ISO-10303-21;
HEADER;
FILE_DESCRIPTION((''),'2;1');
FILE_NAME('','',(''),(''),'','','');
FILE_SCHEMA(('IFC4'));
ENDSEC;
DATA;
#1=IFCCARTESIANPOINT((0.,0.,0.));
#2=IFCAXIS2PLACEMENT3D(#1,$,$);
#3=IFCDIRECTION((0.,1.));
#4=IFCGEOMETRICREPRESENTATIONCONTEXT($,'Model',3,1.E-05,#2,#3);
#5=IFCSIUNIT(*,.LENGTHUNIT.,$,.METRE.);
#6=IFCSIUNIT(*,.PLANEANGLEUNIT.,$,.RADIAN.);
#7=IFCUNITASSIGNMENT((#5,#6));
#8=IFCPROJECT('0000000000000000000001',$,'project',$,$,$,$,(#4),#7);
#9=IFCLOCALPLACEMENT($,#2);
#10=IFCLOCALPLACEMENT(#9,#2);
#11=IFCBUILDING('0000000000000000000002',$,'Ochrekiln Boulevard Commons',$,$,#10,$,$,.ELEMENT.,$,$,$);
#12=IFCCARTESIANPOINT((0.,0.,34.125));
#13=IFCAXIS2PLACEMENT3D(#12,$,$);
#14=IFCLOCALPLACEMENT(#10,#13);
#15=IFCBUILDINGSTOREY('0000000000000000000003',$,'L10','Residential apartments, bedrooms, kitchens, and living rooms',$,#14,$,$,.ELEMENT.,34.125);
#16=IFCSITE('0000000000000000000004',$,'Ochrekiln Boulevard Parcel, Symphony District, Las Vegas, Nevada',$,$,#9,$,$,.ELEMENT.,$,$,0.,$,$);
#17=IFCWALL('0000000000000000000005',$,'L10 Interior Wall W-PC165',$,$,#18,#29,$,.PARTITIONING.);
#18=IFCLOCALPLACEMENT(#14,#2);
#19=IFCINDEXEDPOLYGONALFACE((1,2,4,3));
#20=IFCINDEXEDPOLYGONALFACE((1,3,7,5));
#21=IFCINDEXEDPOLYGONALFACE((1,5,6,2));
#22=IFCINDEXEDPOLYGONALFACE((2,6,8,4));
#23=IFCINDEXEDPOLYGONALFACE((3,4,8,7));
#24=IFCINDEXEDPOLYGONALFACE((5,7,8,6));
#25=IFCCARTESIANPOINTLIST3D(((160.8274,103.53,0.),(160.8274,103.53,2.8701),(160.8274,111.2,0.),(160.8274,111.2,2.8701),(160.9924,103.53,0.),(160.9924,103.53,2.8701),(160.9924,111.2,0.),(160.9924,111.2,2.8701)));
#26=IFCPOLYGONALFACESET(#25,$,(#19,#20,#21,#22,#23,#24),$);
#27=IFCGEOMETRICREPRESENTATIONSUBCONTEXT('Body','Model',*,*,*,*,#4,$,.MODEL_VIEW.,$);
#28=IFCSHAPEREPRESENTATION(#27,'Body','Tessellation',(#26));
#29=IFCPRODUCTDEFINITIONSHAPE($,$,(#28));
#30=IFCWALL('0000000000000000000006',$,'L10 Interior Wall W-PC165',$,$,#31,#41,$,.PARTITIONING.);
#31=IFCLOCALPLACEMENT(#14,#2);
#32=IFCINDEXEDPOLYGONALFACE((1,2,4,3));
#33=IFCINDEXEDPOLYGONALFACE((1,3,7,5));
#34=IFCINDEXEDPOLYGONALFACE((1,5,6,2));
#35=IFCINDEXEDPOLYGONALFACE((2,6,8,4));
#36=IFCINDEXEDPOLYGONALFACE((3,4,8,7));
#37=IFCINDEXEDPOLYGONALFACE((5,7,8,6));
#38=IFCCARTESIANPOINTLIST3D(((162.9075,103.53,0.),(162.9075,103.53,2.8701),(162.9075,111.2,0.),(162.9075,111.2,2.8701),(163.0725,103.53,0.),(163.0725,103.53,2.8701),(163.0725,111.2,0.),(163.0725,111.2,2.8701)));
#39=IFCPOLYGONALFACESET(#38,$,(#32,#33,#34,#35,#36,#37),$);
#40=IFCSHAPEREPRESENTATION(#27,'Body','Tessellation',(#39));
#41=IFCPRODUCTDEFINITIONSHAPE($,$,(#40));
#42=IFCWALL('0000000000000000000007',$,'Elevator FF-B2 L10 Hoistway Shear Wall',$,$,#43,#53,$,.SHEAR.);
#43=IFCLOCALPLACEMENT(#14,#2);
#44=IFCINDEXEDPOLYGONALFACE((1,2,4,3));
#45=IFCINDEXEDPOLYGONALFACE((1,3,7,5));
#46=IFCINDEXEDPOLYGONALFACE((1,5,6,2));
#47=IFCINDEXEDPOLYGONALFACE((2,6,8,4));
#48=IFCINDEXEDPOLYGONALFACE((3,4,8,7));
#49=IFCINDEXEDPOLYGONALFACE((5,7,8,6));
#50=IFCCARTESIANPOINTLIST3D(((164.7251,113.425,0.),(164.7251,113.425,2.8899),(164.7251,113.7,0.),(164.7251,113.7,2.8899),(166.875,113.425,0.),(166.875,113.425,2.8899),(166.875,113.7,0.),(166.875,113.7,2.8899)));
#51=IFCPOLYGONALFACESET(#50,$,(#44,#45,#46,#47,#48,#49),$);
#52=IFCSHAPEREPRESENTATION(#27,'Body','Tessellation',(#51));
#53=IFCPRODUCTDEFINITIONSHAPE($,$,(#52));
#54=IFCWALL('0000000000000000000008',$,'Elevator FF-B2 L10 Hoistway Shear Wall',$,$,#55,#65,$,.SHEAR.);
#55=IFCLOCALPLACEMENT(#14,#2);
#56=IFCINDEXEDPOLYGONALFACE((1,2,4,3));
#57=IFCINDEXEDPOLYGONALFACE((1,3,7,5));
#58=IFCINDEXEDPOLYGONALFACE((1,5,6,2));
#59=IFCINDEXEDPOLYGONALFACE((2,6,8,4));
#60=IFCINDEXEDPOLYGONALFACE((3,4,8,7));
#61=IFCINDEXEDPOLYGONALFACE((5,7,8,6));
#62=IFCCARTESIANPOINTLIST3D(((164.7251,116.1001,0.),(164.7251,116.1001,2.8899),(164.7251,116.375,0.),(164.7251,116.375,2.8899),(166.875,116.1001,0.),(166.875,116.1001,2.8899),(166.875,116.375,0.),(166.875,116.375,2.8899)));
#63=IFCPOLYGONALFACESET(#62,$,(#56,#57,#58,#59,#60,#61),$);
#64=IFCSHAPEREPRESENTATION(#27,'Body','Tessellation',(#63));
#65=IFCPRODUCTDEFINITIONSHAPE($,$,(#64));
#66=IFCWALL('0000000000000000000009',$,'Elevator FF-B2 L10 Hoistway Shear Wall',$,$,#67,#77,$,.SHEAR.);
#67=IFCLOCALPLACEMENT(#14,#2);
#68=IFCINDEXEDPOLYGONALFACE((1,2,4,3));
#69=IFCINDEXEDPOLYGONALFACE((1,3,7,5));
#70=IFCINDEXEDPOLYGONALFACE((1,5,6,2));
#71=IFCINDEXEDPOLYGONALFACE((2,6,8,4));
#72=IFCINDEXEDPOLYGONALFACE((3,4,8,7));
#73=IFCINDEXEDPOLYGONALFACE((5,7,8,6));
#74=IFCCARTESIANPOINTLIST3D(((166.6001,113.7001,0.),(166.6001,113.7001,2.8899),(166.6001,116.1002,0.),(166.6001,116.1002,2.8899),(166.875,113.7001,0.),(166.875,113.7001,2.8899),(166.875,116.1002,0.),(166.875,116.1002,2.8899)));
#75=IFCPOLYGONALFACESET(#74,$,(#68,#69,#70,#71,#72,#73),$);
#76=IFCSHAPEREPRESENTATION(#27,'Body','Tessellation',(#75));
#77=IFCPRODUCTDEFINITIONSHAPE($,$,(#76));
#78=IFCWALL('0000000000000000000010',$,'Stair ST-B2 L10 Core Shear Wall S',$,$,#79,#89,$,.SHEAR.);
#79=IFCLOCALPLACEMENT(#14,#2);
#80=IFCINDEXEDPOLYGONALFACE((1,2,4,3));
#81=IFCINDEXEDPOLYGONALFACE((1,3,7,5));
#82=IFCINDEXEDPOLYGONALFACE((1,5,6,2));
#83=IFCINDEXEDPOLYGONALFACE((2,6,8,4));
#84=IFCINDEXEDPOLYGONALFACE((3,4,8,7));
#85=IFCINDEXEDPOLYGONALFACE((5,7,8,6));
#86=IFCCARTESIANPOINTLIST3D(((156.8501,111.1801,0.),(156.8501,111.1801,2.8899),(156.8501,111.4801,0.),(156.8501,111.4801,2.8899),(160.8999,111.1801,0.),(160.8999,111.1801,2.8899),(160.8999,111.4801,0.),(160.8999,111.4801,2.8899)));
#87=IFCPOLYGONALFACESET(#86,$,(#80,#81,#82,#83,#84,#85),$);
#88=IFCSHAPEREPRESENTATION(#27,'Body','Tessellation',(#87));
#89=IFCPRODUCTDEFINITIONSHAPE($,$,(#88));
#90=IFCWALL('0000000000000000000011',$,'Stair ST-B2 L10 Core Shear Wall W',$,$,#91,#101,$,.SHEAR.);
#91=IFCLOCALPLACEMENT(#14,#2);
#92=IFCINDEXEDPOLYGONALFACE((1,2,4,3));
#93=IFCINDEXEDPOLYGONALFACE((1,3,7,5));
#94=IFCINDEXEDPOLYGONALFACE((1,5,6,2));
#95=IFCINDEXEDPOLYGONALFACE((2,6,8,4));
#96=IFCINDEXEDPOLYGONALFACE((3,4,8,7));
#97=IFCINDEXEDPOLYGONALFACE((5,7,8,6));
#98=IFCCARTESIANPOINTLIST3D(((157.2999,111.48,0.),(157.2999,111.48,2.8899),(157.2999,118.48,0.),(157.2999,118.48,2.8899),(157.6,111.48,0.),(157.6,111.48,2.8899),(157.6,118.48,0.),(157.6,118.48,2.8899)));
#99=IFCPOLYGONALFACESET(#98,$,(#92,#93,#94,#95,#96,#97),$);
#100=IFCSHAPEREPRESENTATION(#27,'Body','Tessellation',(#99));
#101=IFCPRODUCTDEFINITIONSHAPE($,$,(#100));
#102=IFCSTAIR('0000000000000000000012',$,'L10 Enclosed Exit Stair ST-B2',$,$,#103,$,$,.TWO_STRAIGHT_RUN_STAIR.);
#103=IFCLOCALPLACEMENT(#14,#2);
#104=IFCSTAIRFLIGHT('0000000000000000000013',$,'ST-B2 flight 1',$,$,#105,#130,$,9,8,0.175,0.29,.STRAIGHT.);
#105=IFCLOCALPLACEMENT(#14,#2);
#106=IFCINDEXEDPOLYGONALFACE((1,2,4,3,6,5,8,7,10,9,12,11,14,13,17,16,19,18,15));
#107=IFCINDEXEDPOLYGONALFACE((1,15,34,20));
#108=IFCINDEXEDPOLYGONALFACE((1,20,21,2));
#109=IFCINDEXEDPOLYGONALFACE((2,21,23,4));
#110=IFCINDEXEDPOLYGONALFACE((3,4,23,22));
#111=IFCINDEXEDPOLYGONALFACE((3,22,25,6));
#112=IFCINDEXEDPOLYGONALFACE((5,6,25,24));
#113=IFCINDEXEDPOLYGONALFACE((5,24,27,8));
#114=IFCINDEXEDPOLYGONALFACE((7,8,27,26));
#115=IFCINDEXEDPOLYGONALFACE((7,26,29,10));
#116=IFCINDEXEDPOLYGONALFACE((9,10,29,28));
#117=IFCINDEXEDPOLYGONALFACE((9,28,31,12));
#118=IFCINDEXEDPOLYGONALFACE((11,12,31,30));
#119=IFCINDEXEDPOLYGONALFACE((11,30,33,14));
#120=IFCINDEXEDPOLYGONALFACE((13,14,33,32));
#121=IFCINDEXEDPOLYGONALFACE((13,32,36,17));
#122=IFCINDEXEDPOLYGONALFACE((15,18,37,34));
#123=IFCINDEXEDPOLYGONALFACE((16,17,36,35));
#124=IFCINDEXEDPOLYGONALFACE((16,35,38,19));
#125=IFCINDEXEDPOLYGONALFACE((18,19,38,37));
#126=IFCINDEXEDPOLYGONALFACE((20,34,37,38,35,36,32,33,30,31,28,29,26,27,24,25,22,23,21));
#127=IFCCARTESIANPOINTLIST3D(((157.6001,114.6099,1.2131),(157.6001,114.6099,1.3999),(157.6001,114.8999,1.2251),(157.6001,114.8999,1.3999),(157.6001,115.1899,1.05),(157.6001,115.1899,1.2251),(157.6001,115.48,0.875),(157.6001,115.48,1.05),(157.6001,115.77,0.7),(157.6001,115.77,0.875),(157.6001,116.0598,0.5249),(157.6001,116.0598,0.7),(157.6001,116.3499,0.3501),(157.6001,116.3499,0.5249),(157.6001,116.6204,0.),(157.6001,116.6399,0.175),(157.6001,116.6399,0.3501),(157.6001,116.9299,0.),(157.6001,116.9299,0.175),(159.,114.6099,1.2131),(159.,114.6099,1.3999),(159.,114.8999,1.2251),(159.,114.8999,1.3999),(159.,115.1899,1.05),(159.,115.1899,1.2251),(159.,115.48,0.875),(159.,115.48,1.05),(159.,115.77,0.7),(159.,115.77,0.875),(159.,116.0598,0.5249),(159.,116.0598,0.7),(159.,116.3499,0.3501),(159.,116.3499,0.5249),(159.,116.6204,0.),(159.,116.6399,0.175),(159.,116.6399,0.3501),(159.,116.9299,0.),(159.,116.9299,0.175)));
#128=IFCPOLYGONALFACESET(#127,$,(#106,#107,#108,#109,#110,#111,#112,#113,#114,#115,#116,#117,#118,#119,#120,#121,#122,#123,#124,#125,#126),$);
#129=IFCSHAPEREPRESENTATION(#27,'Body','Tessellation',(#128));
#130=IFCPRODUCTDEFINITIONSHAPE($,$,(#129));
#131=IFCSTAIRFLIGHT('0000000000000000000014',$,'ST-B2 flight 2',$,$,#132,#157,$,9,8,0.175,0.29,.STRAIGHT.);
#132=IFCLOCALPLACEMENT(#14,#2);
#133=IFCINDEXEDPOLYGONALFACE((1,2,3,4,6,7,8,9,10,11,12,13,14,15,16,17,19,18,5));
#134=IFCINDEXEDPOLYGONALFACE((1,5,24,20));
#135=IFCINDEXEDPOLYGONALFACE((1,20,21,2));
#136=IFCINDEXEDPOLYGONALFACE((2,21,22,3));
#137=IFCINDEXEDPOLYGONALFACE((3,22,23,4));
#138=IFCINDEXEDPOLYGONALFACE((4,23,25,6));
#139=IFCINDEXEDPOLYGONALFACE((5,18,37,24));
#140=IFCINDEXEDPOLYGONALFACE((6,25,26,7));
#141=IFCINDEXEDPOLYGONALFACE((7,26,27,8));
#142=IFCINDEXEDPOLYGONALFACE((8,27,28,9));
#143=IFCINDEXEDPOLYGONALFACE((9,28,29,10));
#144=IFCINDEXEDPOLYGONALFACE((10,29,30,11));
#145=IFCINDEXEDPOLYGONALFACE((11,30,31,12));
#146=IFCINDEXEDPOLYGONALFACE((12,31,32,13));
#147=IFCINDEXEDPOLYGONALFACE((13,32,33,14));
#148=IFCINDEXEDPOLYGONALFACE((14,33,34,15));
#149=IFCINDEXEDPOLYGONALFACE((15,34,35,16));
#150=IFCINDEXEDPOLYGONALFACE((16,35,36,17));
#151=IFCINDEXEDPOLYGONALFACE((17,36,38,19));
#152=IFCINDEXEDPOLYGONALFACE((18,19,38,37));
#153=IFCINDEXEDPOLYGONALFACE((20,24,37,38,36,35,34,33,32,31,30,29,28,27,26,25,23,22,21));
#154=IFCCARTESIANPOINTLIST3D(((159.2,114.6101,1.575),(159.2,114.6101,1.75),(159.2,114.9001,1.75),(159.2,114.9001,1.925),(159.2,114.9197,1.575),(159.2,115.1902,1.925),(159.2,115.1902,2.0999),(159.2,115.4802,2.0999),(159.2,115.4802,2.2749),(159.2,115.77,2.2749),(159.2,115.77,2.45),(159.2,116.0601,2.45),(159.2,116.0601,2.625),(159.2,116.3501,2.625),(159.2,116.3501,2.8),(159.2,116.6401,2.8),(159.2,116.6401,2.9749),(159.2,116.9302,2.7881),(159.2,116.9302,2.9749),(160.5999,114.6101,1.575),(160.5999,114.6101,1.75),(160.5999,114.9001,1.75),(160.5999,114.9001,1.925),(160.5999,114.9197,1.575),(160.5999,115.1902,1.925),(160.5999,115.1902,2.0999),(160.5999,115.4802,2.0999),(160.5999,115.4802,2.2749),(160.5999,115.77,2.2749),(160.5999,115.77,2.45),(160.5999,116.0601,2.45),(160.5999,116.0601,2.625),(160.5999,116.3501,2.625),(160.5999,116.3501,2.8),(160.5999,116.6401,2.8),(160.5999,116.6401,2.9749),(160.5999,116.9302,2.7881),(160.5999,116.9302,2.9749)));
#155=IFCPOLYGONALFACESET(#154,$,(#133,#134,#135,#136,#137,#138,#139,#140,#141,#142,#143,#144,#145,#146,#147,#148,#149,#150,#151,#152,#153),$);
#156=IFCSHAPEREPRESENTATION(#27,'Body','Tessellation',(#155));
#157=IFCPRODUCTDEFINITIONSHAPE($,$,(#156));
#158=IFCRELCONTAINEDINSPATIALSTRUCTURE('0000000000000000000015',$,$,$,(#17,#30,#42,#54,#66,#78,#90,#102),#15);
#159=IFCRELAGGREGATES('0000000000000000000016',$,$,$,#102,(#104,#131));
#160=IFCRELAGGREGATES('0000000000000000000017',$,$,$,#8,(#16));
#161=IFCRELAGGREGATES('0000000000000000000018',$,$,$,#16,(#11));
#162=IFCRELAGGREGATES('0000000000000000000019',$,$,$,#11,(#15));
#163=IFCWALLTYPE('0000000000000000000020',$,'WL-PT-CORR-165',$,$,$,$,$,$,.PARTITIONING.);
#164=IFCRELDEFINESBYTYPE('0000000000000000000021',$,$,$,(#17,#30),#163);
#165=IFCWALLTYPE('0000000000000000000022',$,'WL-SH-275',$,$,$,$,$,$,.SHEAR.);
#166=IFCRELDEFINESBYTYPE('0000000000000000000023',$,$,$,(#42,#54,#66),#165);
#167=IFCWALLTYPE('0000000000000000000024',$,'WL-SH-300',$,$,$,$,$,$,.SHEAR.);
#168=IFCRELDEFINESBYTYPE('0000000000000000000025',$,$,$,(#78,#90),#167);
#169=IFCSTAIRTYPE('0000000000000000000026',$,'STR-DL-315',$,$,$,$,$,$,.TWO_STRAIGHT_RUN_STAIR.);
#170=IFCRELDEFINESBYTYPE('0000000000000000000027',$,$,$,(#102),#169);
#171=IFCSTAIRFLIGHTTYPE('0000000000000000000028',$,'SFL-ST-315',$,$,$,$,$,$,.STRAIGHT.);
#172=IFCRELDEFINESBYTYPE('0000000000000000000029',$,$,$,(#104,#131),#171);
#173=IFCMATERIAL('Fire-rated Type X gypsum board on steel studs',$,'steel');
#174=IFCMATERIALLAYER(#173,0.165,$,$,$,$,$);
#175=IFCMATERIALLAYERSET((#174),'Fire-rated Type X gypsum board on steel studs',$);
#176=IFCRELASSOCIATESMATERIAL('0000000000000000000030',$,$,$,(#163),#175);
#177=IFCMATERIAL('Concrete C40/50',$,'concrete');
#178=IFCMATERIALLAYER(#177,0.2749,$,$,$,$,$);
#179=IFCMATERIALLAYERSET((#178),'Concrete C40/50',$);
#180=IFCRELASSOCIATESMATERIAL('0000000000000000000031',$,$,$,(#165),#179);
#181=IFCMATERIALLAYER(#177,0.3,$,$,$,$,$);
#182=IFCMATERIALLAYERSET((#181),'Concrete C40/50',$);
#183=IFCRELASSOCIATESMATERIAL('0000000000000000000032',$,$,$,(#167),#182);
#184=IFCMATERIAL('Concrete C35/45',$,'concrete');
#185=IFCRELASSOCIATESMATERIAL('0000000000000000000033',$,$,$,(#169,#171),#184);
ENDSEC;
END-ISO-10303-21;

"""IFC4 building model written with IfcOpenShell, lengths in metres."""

from ifc_helpers import new_model, si_unit, direction, frame, frame_2d, origin, place, context, subcontext, project, spatial, polyline, rectangle, outline, extrude, material, layer, layer_set, type_object, element, aggregate, save


model = new_model("IFC4")

# Units and contexts
model_context = context("Model", 3, precision=1e-05, world=origin(), true_north=direction((0.0, 1.0)))
body_context = subcontext(model_context, "Body", "Model", "MODEL_VIEW")
ifc_project = project(units=[si_unit("LENGTHUNIT", "METRE"), si_unit("PLANEANGLEUNIT", "RADIAN")], contexts=[model_context])

# Site, building, storey
site_placement = place(None, origin())
site = spatial("IfcSite", under=ifc_project, at=site_placement, Name="Ochrekiln Boulevard Parcel, Symphony District, Las Vegas, Nevada", CompositionType="ELEMENT", RefElevation=0.0)
building_placement = place(site_placement, origin())
building = spatial("IfcBuilding", under=site, at=building_placement, Name="Ochrekiln Boulevard Commons", CompositionType="ELEMENT")
storey_placement = place(building_placement, frame((0.0, 0.0, 34.125)))
storey = spatial("IfcBuildingStorey", under=building, at=storey_placement, Name="L10", Description="Residential apartments, bedrooms, kitchens, and living rooms", CompositionType="ELEMENT", Elevation=34.125)

# Shared definitions
ifc_material_1 = material(Name="Concrete C35/45", Category="concrete")

# Shared definitions
ifc_material_2 = material(Name="Concrete C40/50", Category="concrete")

# Walls
ifc_material_3 = material(Name="Fire-rated Type X gypsum board on steel studs", Category="steel")
ifc_layer_1 = layer(ifc_material_3, 0.165)
ifc_layer_set_1 = layer_set([ifc_layer_1], Name="Fire-rated Type X gypsum board on steel studs")
wall_type_1 = type_object("IfcWallType", Name="WL-PT-CORR-165", PredefinedType="PARTITIONING", material=ifc_layer_set_1)
for number, where, z_axis, x_axis, name in (
    (1, (160.9099, 103.53, 0.0), (0.0, 0.0, 1.0), (0.0, 1.0, 0.0), "L10 Interior Wall W-PC165"),
    (2, (162.99, 103.53, 0.0), (0.0, 0.0, 1.0), (0.0, 1.0, 0.0), "L10 Interior Wall W-PC165"),
):
    element("IfcWall", number, at=place(storey_placement, frame(where, z_axis=z_axis, x_axis=x_axis)), inside=storey, type_object=wall_type_1, Name=name, PredefinedType="PARTITIONING", context=body_context, shape_type="SweptSolid", body=[
        extrude(rectangle(XDim=7.6699, YDim=0.165, at=frame_2d((3.835, 0.0))), origin(), (0.0, 0.0, 1.0), 2.8701),
    ])

# Walls
ifc_layer_2 = layer(ifc_material_2, 0.2749)
ifc_layer_set_2 = layer_set([ifc_layer_2], Name="Concrete C40/50")
wall_type_2 = type_object("IfcWallType", Name="WL-SH-275", PredefinedType="SHEAR", material=ifc_layer_set_2)
for number, where, z_axis, x_axis, name in (
    (3, (164.7251, 113.5625, 0.0), (0.0, 0.0, 1.0), (1.0, 0.0, 0.0), "Elevator FF-B2 L10 Hoistway Shear Wall"),
    (4, (164.7251, 116.2375, 0.0), (0.0, 0.0, 1.0), (1.0, 0.0, 0.0), "Elevator FF-B2 L10 Hoistway Shear Wall"),
):
    element("IfcWall", number, at=place(storey_placement, frame(where, z_axis=z_axis, x_axis=x_axis)), inside=storey, type_object=wall_type_2, Name=name, PredefinedType="SHEAR", context=body_context, shape_type="SweptSolid", body=[
        extrude(rectangle(XDim=2.1499, YDim=0.2749, at=frame_2d((1.075, 0.0))), origin(), (0.0, 0.0, 1.0), 2.8899),
    ])

# Walls
wall_1_placement = place(storey_placement, frame((166.7375, 113.7, 0.0), z_axis=(0.0, 0.0, 1.0), x_axis=(0.0, 1.0, 0.0)))
element("IfcWall", 5, at=wall_1_placement, inside=storey, type_object=wall_type_2, Name="Elevator FF-B2 L10 Hoistway Shear Wall", PredefinedType="SHEAR", context=body_context, shape_type="SweptSolid", body=[
    extrude(rectangle(XDim=2.4001, YDim=0.2749, at=frame_2d((1.2002, 0.0))), origin(), (0.0, 0.0, 1.0), 2.8899),
])
ifc_layer_3 = layer(ifc_material_2, 0.3)
ifc_layer_set_3 = layer_set([ifc_layer_3], Name="Concrete C40/50")
wall_type_3 = type_object("IfcWallType", Name="WL-SH-300", PredefinedType="SHEAR", material=ifc_layer_set_3)
wall_2_placement = place(storey_placement, frame((156.8501, 111.3301, 0.0), z_axis=(0.0, 0.0, 1.0), x_axis=(1.0, 0.0, 0.0)))
element("IfcWall", 6, at=wall_2_placement, inside=storey, type_object=wall_type_3, Name="Stair ST-B2 L10 Core Shear Wall S", PredefinedType="SHEAR", context=body_context, shape_type="SweptSolid", body=[
    extrude(rectangle(XDim=4.0498, YDim=0.3, at=frame_2d((2.0249, 0.0))), origin(), (0.0, 0.0, 1.0), 2.8899),
])
wall_3_placement = place(storey_placement, frame((157.45, 111.48, 0.0), z_axis=(0.0, 0.0, 1.0), x_axis=(0.0, 1.0, 0.0)))
element("IfcWall", 7, at=wall_3_placement, inside=storey, type_object=wall_type_3, Name="Stair ST-B2 L10 Core Shear Wall W", PredefinedType="SHEAR", context=body_context, shape_type="SweptSolid", body=[
    extrude(rectangle(XDim=7.0, YDim=0.3, at=frame_2d((3.5, 0.0))), origin(), (0.0, 0.0, 1.0), 2.8899),
])

# Stair, stair flights
stair_type = type_object("IfcStairType", Name="STR-DL-315", PredefinedType="TWO_STRAIGHT_RUN_STAIR", material=ifc_material_1)
stair_placement = place(storey_placement, origin())
stair = element("IfcStair", 8, at=stair_placement, inside=storey, type_object=stair_type, Name="L10 Enclosed Exit Stair ST-B2", PredefinedType="TWO_STRAIGHT_RUN_STAIR")
stair_flight_type = type_object("IfcStairFlightType", Name="SFL-ST-315", PredefinedType="STRAIGHT", material=ifc_material_1)
stair_flight_1_placement = place(storey_placement, frame((158.3, 116.9299, 0.0), z_axis=(0.0, 0.0, 1.0), x_axis=(0.0, -1.0, 0.0)))
stair_flight_1 = element("IfcStairFlight", 9, at=stair_flight_1_placement, type_object=stair_flight_type, Name="ST-B2 flight 1", NumberOfRisers=9, NumberOfTreads=8, PredefinedType="STRAIGHT", RiserHeight=0.175, TreadLength=0.29, context=body_context, shape_type="SweptSolid", body=[
    extrude(outline(polyline([(0.0, 0.0), (0.0, 0.175), (0.29, 0.175), (0.29, 0.3501), (0.5801, 0.3501), (0.5801, 0.5249), (0.8701, 0.5249), (0.8701, 0.7), (1.1599, 0.7), (1.1599, 0.875), (1.45, 0.875), (1.45, 1.05), (1.74, 1.05), (1.74, 1.2251), (2.03, 1.2251), (2.03, 1.3999), (2.3201, 1.3999), (2.3201, 1.575), (2.3201, 1.2131), (0.3096, 0.0), (0.0, 0.0)])), frame((0.0, 0.7, 0.0), z_axis=(0.0, -1.0, 0.0), x_axis=(1.0, 0.0, 0.0)), (0.0, 0.0, 1.0), 1.3999),
])
stair_flight_2_placement = place(storey_placement, frame((159.8999, 114.6101, 1.575), z_axis=(0.0, 0.0, 1.0), x_axis=(0.0, 1.0, 0.0)))
stair_flight_2 = element("IfcStairFlight", 10, at=stair_flight_2_placement, type_object=stair_flight_type, Name="ST-B2 flight 2", NumberOfRisers=9, NumberOfTreads=8, PredefinedType="STRAIGHT", RiserHeight=0.175, TreadLength=0.29, context=body_context, shape_type="SweptSolid", body=[
    extrude(outline(polyline([(0.0, 0.0), (0.0, 0.175), (0.29, 0.175), (0.29, 0.3501), (0.5801, 0.3501), (0.5801, 0.5249), (0.8701, 0.5249), (0.8701, 0.7), (1.1599, 0.7), (1.1599, 0.875), (1.45, 0.875), (1.45, 1.05), (1.74, 1.05), (1.74, 1.2251), (2.03, 1.2251), (2.03, 1.3999), (2.3201, 1.3999), (2.3201, 1.575), (2.3201, 1.2131), (0.3096, 0.0), (0.0, 0.0)])), frame((0.0, 0.7, 0.0), z_axis=(0.0, -1.0, 0.0), x_axis=(1.0, 0.0, 0.0)), (0.0, 0.0, 1.0), 1.3999),
])
aggregate(stair, [stair_flight_1, stair_flight_2])

save(model, "model.ifc")
